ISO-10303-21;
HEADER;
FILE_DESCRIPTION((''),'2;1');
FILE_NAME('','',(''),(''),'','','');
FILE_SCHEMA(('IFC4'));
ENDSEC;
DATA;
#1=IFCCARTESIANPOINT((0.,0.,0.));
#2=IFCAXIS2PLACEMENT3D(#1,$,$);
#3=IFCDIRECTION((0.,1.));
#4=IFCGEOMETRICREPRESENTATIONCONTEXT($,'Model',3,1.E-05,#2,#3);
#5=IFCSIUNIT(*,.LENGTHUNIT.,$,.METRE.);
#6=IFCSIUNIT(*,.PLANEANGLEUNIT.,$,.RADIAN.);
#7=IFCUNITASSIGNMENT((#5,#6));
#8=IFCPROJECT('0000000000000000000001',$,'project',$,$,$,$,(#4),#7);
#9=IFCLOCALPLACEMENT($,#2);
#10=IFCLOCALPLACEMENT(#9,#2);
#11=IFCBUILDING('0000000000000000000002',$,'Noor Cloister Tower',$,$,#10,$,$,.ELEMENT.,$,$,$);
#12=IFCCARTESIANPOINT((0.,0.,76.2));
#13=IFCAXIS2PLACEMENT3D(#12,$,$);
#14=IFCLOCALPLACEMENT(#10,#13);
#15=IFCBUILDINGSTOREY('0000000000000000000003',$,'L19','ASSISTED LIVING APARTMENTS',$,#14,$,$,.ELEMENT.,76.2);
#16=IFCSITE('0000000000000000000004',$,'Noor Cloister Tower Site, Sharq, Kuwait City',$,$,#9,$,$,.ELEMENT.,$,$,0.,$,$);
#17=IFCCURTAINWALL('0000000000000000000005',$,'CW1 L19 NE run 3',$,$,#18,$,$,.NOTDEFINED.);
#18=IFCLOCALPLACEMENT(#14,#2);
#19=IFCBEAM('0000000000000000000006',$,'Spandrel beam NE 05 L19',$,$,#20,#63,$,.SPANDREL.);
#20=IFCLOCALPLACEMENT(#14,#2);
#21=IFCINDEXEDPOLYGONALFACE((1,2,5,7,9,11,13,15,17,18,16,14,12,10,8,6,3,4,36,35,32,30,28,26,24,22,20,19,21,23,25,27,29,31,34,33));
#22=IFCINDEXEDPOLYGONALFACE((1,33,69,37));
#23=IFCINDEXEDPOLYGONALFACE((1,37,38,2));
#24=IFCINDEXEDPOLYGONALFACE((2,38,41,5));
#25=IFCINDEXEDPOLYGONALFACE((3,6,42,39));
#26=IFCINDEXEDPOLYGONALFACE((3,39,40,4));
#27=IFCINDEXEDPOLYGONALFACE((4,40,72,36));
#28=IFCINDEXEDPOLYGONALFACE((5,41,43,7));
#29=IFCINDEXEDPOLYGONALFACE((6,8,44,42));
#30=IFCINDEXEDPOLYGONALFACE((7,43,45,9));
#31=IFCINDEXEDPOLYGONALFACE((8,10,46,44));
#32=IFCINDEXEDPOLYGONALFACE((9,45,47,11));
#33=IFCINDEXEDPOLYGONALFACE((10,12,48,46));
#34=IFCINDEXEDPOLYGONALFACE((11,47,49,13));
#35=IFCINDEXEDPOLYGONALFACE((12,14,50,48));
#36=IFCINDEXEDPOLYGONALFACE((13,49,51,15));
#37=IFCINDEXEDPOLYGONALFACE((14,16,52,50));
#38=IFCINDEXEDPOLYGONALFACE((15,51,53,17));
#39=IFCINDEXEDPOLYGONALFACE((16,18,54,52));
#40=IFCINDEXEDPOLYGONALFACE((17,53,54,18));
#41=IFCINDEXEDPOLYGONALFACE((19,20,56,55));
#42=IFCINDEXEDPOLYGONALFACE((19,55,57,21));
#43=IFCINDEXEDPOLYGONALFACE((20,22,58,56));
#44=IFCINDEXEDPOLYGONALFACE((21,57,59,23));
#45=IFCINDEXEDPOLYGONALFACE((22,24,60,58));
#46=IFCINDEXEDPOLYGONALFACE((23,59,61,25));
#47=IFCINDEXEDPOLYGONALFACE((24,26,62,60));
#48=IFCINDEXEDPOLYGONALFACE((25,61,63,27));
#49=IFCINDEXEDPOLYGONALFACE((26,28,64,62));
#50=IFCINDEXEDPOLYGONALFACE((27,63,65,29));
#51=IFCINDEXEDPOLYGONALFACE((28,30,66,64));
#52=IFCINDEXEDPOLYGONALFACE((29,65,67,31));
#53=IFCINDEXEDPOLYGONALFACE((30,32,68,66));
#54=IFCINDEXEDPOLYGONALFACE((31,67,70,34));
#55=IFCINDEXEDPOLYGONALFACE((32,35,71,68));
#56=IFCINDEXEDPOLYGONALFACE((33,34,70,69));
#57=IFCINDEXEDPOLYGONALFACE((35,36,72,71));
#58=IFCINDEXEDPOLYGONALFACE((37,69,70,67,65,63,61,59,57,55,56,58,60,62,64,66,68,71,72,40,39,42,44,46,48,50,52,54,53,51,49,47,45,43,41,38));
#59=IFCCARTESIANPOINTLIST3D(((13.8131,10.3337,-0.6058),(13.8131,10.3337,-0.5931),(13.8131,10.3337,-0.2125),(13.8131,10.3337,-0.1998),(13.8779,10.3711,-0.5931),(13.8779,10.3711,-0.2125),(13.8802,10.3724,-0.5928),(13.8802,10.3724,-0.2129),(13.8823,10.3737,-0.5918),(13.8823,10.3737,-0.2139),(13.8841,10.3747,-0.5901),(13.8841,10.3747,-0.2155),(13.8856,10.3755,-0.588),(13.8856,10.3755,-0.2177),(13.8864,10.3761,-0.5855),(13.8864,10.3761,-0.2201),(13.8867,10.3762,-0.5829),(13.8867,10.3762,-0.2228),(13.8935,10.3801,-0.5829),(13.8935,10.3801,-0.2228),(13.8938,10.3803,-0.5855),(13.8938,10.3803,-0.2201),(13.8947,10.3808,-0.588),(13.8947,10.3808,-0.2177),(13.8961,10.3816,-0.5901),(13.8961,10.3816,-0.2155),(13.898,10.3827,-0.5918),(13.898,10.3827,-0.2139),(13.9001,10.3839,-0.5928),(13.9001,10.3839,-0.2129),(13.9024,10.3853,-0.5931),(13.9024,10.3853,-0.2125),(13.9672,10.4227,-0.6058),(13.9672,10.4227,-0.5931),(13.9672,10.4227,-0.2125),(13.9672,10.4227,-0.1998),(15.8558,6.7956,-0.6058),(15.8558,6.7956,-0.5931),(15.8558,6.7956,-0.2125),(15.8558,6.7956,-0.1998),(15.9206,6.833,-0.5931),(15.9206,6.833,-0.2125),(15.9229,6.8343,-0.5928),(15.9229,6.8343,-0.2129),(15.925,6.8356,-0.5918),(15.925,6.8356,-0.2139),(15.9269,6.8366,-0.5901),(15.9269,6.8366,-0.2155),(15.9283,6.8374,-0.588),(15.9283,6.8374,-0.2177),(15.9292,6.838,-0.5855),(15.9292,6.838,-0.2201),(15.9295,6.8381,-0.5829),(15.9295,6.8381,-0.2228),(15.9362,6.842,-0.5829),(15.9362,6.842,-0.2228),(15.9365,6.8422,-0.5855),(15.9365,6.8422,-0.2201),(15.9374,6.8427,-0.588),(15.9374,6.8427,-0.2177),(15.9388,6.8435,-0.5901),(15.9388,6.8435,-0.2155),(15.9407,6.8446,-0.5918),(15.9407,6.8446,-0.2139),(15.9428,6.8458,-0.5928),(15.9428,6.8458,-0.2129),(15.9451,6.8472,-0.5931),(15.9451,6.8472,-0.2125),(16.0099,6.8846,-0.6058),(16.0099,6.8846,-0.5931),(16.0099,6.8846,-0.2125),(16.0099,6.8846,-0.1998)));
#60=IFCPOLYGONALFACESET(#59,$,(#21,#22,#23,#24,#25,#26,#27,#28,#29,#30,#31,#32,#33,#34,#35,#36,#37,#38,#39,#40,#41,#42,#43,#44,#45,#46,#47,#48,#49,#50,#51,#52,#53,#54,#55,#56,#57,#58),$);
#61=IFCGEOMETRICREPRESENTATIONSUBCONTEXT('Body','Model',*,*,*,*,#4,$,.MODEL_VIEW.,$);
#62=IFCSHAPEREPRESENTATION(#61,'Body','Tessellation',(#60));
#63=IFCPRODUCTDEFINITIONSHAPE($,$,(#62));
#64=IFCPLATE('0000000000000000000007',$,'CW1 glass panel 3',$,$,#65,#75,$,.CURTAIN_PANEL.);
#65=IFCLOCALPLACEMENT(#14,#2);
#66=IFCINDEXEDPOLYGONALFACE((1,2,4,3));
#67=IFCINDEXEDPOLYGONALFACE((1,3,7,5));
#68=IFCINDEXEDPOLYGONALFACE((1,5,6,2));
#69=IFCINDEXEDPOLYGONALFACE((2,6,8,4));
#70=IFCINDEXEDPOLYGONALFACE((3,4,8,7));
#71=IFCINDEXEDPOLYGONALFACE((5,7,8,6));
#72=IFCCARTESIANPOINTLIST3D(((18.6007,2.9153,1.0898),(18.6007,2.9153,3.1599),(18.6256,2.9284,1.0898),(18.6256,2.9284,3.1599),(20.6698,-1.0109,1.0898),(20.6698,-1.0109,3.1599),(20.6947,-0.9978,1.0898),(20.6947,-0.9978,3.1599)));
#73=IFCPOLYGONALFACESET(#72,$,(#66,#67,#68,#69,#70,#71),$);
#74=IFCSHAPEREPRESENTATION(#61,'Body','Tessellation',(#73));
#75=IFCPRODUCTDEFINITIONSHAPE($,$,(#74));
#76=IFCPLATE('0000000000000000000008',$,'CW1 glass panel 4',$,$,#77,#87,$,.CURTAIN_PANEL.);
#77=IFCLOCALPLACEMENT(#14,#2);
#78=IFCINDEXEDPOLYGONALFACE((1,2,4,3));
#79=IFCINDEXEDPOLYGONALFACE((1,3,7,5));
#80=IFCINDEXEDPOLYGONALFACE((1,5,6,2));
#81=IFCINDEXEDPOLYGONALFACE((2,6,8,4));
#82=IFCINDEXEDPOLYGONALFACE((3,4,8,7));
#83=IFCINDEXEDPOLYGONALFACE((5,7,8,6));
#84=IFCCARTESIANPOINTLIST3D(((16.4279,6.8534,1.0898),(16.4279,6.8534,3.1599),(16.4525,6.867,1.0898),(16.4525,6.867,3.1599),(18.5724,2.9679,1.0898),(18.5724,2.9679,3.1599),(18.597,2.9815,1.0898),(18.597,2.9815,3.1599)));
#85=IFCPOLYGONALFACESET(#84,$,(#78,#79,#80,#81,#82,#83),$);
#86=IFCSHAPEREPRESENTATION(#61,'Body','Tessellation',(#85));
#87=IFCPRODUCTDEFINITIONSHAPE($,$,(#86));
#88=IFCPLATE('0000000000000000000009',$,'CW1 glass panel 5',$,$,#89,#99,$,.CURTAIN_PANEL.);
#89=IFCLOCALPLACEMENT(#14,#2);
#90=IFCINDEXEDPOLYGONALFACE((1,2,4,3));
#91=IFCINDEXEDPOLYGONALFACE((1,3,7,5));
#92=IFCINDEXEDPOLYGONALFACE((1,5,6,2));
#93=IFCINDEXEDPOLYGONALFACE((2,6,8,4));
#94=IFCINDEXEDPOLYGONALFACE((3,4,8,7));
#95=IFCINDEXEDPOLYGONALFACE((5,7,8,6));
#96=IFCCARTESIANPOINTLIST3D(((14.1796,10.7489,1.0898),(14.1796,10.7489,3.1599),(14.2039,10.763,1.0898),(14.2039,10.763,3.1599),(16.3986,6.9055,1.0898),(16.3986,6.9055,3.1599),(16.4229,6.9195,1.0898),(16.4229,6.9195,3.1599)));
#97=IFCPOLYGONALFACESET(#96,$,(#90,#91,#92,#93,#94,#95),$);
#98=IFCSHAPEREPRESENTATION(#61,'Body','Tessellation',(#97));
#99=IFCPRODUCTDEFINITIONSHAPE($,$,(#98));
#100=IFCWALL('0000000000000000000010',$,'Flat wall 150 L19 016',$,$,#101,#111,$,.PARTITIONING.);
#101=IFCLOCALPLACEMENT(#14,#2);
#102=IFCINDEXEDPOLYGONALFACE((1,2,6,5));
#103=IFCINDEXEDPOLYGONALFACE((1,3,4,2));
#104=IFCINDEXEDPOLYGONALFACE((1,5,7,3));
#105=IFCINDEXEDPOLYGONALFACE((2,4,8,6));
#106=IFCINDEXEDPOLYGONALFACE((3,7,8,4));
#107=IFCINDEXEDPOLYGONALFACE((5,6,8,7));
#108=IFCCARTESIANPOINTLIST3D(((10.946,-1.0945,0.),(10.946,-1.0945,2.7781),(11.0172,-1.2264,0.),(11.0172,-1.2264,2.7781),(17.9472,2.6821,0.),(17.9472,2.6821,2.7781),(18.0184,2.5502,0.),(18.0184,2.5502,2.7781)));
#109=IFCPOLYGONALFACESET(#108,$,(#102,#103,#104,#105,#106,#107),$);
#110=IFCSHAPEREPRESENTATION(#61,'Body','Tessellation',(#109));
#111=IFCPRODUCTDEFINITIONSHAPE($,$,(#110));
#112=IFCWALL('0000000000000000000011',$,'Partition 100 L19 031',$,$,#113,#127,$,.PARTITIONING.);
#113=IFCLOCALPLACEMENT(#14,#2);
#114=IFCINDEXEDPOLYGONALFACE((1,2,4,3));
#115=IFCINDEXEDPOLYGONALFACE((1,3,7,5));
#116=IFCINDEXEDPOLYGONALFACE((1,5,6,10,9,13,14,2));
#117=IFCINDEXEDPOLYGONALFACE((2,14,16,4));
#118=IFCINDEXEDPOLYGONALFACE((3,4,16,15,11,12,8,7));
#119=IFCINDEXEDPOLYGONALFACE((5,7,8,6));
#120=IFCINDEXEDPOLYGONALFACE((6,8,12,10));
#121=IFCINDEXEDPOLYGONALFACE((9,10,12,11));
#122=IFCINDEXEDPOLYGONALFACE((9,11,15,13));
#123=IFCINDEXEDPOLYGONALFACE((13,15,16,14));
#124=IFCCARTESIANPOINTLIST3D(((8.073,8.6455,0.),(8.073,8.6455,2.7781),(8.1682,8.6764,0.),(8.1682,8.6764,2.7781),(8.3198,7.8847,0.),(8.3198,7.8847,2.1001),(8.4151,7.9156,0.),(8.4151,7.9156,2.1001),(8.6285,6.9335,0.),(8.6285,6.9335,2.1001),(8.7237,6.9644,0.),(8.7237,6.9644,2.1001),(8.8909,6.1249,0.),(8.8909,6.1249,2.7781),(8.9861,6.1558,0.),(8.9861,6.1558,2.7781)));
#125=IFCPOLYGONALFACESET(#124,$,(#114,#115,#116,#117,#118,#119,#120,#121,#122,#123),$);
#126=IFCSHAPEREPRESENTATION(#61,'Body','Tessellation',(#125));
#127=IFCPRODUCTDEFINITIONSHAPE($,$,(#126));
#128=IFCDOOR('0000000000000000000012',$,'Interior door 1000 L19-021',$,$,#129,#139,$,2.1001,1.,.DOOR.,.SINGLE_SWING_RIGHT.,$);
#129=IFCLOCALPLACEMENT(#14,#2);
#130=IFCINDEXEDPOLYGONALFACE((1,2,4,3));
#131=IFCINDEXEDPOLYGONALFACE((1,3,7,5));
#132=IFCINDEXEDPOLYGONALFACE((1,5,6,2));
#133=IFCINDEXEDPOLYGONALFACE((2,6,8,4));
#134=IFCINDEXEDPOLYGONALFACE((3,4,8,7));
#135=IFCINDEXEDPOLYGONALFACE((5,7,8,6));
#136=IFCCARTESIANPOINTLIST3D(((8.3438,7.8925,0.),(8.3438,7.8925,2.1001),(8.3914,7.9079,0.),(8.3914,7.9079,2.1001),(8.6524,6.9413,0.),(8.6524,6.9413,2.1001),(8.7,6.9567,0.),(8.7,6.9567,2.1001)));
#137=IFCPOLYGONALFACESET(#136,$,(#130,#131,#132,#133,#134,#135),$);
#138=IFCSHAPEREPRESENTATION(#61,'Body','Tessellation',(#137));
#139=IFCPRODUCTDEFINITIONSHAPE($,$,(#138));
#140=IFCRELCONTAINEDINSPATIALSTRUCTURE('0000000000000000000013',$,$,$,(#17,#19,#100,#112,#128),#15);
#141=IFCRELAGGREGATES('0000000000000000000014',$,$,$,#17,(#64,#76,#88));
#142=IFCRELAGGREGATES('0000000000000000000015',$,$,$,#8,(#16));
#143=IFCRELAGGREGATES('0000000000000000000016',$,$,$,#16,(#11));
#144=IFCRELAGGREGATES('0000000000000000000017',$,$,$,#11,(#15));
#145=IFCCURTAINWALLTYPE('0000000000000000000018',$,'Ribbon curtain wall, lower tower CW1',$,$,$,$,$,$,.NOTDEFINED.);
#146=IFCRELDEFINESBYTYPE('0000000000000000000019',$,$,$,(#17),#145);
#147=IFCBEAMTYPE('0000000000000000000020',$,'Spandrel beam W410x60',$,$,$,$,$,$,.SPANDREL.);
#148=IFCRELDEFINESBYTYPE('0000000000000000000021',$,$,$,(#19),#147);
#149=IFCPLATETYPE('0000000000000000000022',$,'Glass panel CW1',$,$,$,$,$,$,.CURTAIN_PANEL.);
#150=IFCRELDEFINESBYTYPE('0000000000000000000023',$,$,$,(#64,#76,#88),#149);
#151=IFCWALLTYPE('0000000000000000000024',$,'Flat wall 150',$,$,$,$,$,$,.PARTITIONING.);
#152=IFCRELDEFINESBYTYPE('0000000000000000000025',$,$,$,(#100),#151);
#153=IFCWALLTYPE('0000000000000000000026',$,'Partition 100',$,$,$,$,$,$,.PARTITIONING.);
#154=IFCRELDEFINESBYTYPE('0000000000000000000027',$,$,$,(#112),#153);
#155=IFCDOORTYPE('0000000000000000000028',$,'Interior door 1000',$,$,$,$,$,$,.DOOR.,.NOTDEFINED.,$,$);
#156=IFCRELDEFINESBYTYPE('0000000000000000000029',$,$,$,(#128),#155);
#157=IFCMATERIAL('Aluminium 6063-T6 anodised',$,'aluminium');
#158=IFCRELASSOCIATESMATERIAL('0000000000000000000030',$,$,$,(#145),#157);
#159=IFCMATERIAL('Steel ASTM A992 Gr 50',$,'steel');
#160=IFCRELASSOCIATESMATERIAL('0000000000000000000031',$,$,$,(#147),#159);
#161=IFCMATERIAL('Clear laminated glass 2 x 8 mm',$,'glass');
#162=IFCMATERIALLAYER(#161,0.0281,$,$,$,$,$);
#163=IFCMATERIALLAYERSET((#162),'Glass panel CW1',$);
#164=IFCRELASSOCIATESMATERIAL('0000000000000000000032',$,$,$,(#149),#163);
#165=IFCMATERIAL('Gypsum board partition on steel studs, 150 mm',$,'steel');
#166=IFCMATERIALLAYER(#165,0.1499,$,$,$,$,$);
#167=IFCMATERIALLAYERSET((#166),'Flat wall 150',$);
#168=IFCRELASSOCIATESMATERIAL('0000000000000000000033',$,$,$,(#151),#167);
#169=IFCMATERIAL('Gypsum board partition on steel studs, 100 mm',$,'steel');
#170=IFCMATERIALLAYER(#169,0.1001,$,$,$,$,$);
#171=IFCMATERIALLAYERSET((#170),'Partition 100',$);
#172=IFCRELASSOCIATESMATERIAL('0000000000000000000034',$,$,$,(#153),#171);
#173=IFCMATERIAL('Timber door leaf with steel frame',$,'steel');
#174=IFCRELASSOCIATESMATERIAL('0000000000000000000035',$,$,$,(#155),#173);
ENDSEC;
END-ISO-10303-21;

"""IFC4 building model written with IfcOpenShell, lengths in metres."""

from ifc_helpers import new_model, si_unit, direction, frame, frame_2d, origin, origin_2d, place, context, subcontext, project, spatial, rectangle, i_section, extrude, material, layer, layer_set, material_profile, profile_set, type_object, element, fill, aggregate, save


model = new_model("IFC4")

# Units and contexts
model_context = context("Model", 3, precision=1e-05, world=origin(), true_north=direction((0.0, 1.0)))
body_context = subcontext(model_context, "Body", "Model", "MODEL_VIEW")
ifc_project = project(units=[si_unit("LENGTHUNIT", "METRE"), si_unit("PLANEANGLEUNIT", "RADIAN")], contexts=[model_context])

# Site, building, storey
site_placement = place(None, origin())
site = spatial("IfcSite", under=ifc_project, at=site_placement, Name="Noor Cloister Tower Site, Sharq, Kuwait City", CompositionType="ELEMENT", RefElevation=0.0)
building_placement = place(site_placement, origin())
building = spatial("IfcBuilding", under=site, at=building_placement, Name="Noor Cloister Tower", CompositionType="ELEMENT")
storey_placement = place(building_placement, frame((0.0, 0.0, 76.2)))
storey = spatial("IfcBuildingStorey", under=building, at=storey_placement, Name="L19", Description="ASSISTED LIVING APARTMENTS", CompositionType="ELEMENT", Elevation=76.2)

# Curtain wall
ifc_material_1 = material(Name="Aluminium 6063-T6 anodised", Category="aluminium")
curtain_wall_type = type_object("IfcCurtainWallType", Name="Ribbon curtain wall, lower tower CW1", PredefinedType="NOTDEFINED", material=ifc_material_1)
curtain_wall_placement = place(storey_placement, origin())
curtain_wall = element("IfcCurtainWall", 1, at=curtain_wall_placement, inside=storey, type_object=curtain_wall_type, Name="CW1 L19 NE run 3", PredefinedType="NOTDEFINED")

# Beam
ifc_material_2 = material(Name="Steel ASTM A992 Gr 50", Category="steel")
ifc_material_profile_1 = material_profile(ifc_material_2, i_section(OverallWidth=0.178, OverallDepth=0.406, WebThickness=0.0078, FlangeThickness=0.0127, FilletRadius=0.0103, at=origin_2d()), Name="W410x60")
ifc_profile_set_1 = profile_set([ifc_material_profile_1], Name="Steel ASTM A992 Gr 50")
beam_type_1 = type_object("IfcBeamType", Name="Spandrel beam W410x60", PredefinedType="SPANDREL", material=ifc_profile_set_1)
beam_1_placement = place(storey_placement, frame((15.9329, 6.8401, -0.4028), z_axis=(-0.500002, 0.866024, 0.0), x_axis=(-0.866024, -0.500002, 0.0)))
element("IfcBeam", 2, at=beam_1_placement, inside=storey, type_object=beam_type_1, Name="Spandrel beam NE 05 L19", PredefinedType="SPANDREL", context=body_context, shape_type="SweptSolid", body=[
    extrude(i_section(OverallWidth=0.178, OverallDepth=0.406, WebThickness=0.0078, FlangeThickness=0.0127, FilletRadius=0.0103, at=origin_2d()), origin(), (0.0, 0.0, 1.0), 4.0854),
])

# Plates
ifc_material_3 = material(Name="Clear laminated glass 2 x 8 mm", Category="glass")
ifc_layer_1 = layer(ifc_material_3, 0.0281)
ifc_layer_set_1 = layer_set([ifc_layer_1], Name="Glass panel CW1")
plate_type = type_object("IfcPlateType", Name="Glass panel CW1", PredefinedType="CURTAIN_PANEL", material=ifc_layer_set_1)
plate_1_placement = place(storey_placement, frame((19.6477, 0.9587, 1.0898), z_axis=(0.0, 0.0, 1.0), x_axis=(-0.466221, 0.884668, 0.0)))
plate_1 = element("IfcPlate", 3, at=plate_1_placement, type_object=plate_type, Name="CW1 glass panel 3", PredefinedType="CURTAIN_PANEL", context=body_context, shape_type="SweptSolid", body=[
    extrude(rectangle(XDim=4.438, YDim=0.0281, at=origin_2d()), origin(), (0.0, 0.0, 1.0), 2.0701),
])
plate_2_placement = place(storey_placement, frame((17.5125, 4.9175, 1.0898), z_axis=(0.0, 0.0, 1.0), x_axis=(-0.4832, 0.87551, 0.0)))
plate_2 = element("IfcPlate", 4, at=plate_2_placement, type_object=plate_type, Name="CW1 glass panel 4", PredefinedType="CURTAIN_PANEL", context=body_context, shape_type="SweptSolid", body=[
    extrude(rectangle(XDim=4.438, YDim=0.0281, at=origin_2d()), origin(), (0.0, 0.0, 1.0), 2.0701),
])
plate_3_placement = place(storey_placement, frame((15.3013, 8.8342, 1.0898), z_axis=(0.0, 0.0, 1.0), x_axis=(-0.5, 0.866025, 0.0)))
plate_3 = element("IfcPlate", 5, at=plate_3_placement, type_object=plate_type, Name="CW1 glass panel 5", PredefinedType="CURTAIN_PANEL", context=body_context, shape_type="SweptSolid", body=[
    extrude(rectangle(XDim=4.438, YDim=0.0281, at=origin_2d()), origin(), (0.0, 0.0, 1.0), 2.0701),
])
aggregate(curtain_wall, [plate_1, plate_2, plate_3])

# Wall
ifc_material_4 = material(Name="Gypsum board partition on steel studs, 150 mm", Category="steel")
ifc_layer_2 = layer(ifc_material_4, 0.1499)
ifc_layer_set_2 = layer_set([ifc_layer_2], Name="Flat wall 150")
wall_type_1 = type_object("IfcWallType", Name="Flat wall 150", PredefinedType="PARTITIONING", material=ifc_layer_set_2)
wall_1_placement = place(storey_placement, frame((17.9829, 2.6162, 0.0), z_axis=(0.0, 0.0, 1.0), x_axis=(-0.880118, -0.474755, 0.0)))
element("IfcWall", 6, at=wall_1_placement, inside=storey, type_object=wall_type_1, Name="Flat wall 150 L19 016", PredefinedType="PARTITIONING", context=body_context, shape_type="SweptSolid", body=[
    extrude(rectangle(XDim=7.9548, YDim=0.1499, at=frame_2d((3.9775, 0.0))), origin(), (0.0, 0.0, 1.0), 2.7781),
])

# Wall, opening, door
ifc_material_5 = material(Name="Gypsum board partition on steel studs, 100 mm", Category="steel")
ifc_layer_3 = layer(ifc_material_5, 0.1001)
ifc_layer_set_3 = layer_set([ifc_layer_3], Name="Partition 100")
wall_type_2 = type_object("IfcWallType", Name="Partition 100", PredefinedType="PARTITIONING", material=ifc_layer_set_3)
wall_2_placement = place(storey_placement, frame((8.9385, 6.1404, 0.0), z_axis=(0.0, 0.0, 1.0), x_axis=(-0.308644, 0.951178, 0.0)))
wall_2 = element("IfcWall", 7, at=wall_2_placement, inside=storey, type_object=wall_type_2, Name="Partition 100 L19 031", PredefinedType="PARTITIONING", context=body_context, shape_type="SweptSolid", body=[
    extrude(rectangle(XDim=2.6499, YDim=0.1001, at=frame_2d((1.325, 0.0))), origin(), (0.0, 0.0, 1.0), 2.7781),
])
opening_placement = place(wall_2_placement, frame((0.8501, 0.0, 0.0)))
opening = element("IfcOpeningElement", 8, at=opening_placement, cuts=wall_2, PredefinedType="OPENING", context=body_context, shape_type="SweptSolid", body=[
    extrude(rectangle(XDim=1.0, YDim=2.1001, at=frame_2d((0.5, 1.05))), frame((0.0, 0.0601, 0.0), z_axis=(0.0, -1.0, 0.0), x_axis=(1.0, 0.0, 0.0)), (0.0, 0.0, 1.0), 0.1201),
])
ifc_material_6 = material(Name="Timber door leaf with steel frame", Category="steel")
door_type = type_object("IfcDoorType", Name="Interior door 1000", OperationType="NOTDEFINED", PredefinedType="DOOR", material=ifc_material_6)
door_placement = place(opening_placement, origin())
door = element("IfcDoor", 9, at=door_placement, inside=storey, type_object=door_type, Name="Interior door 1000 L19-021", OperationType="SINGLE_SWING_RIGHT", OverallHeight=2.1001, OverallWidth=1.0, PredefinedType="DOOR", context=body_context, shape_type="SweptSolid", body=[
    extrude(rectangle(XDim=1.0, YDim=2.1001, at=frame_2d((0.5, 1.05))), frame((0.0, 0.0249, 0.0), z_axis=(0.0, -1.0, 0.0), x_axis=(1.0, 0.0, 0.0)), (0.0, 0.0, 1.0), 0.05),
])
fill(opening, door)

save(model, "model.ifc")
